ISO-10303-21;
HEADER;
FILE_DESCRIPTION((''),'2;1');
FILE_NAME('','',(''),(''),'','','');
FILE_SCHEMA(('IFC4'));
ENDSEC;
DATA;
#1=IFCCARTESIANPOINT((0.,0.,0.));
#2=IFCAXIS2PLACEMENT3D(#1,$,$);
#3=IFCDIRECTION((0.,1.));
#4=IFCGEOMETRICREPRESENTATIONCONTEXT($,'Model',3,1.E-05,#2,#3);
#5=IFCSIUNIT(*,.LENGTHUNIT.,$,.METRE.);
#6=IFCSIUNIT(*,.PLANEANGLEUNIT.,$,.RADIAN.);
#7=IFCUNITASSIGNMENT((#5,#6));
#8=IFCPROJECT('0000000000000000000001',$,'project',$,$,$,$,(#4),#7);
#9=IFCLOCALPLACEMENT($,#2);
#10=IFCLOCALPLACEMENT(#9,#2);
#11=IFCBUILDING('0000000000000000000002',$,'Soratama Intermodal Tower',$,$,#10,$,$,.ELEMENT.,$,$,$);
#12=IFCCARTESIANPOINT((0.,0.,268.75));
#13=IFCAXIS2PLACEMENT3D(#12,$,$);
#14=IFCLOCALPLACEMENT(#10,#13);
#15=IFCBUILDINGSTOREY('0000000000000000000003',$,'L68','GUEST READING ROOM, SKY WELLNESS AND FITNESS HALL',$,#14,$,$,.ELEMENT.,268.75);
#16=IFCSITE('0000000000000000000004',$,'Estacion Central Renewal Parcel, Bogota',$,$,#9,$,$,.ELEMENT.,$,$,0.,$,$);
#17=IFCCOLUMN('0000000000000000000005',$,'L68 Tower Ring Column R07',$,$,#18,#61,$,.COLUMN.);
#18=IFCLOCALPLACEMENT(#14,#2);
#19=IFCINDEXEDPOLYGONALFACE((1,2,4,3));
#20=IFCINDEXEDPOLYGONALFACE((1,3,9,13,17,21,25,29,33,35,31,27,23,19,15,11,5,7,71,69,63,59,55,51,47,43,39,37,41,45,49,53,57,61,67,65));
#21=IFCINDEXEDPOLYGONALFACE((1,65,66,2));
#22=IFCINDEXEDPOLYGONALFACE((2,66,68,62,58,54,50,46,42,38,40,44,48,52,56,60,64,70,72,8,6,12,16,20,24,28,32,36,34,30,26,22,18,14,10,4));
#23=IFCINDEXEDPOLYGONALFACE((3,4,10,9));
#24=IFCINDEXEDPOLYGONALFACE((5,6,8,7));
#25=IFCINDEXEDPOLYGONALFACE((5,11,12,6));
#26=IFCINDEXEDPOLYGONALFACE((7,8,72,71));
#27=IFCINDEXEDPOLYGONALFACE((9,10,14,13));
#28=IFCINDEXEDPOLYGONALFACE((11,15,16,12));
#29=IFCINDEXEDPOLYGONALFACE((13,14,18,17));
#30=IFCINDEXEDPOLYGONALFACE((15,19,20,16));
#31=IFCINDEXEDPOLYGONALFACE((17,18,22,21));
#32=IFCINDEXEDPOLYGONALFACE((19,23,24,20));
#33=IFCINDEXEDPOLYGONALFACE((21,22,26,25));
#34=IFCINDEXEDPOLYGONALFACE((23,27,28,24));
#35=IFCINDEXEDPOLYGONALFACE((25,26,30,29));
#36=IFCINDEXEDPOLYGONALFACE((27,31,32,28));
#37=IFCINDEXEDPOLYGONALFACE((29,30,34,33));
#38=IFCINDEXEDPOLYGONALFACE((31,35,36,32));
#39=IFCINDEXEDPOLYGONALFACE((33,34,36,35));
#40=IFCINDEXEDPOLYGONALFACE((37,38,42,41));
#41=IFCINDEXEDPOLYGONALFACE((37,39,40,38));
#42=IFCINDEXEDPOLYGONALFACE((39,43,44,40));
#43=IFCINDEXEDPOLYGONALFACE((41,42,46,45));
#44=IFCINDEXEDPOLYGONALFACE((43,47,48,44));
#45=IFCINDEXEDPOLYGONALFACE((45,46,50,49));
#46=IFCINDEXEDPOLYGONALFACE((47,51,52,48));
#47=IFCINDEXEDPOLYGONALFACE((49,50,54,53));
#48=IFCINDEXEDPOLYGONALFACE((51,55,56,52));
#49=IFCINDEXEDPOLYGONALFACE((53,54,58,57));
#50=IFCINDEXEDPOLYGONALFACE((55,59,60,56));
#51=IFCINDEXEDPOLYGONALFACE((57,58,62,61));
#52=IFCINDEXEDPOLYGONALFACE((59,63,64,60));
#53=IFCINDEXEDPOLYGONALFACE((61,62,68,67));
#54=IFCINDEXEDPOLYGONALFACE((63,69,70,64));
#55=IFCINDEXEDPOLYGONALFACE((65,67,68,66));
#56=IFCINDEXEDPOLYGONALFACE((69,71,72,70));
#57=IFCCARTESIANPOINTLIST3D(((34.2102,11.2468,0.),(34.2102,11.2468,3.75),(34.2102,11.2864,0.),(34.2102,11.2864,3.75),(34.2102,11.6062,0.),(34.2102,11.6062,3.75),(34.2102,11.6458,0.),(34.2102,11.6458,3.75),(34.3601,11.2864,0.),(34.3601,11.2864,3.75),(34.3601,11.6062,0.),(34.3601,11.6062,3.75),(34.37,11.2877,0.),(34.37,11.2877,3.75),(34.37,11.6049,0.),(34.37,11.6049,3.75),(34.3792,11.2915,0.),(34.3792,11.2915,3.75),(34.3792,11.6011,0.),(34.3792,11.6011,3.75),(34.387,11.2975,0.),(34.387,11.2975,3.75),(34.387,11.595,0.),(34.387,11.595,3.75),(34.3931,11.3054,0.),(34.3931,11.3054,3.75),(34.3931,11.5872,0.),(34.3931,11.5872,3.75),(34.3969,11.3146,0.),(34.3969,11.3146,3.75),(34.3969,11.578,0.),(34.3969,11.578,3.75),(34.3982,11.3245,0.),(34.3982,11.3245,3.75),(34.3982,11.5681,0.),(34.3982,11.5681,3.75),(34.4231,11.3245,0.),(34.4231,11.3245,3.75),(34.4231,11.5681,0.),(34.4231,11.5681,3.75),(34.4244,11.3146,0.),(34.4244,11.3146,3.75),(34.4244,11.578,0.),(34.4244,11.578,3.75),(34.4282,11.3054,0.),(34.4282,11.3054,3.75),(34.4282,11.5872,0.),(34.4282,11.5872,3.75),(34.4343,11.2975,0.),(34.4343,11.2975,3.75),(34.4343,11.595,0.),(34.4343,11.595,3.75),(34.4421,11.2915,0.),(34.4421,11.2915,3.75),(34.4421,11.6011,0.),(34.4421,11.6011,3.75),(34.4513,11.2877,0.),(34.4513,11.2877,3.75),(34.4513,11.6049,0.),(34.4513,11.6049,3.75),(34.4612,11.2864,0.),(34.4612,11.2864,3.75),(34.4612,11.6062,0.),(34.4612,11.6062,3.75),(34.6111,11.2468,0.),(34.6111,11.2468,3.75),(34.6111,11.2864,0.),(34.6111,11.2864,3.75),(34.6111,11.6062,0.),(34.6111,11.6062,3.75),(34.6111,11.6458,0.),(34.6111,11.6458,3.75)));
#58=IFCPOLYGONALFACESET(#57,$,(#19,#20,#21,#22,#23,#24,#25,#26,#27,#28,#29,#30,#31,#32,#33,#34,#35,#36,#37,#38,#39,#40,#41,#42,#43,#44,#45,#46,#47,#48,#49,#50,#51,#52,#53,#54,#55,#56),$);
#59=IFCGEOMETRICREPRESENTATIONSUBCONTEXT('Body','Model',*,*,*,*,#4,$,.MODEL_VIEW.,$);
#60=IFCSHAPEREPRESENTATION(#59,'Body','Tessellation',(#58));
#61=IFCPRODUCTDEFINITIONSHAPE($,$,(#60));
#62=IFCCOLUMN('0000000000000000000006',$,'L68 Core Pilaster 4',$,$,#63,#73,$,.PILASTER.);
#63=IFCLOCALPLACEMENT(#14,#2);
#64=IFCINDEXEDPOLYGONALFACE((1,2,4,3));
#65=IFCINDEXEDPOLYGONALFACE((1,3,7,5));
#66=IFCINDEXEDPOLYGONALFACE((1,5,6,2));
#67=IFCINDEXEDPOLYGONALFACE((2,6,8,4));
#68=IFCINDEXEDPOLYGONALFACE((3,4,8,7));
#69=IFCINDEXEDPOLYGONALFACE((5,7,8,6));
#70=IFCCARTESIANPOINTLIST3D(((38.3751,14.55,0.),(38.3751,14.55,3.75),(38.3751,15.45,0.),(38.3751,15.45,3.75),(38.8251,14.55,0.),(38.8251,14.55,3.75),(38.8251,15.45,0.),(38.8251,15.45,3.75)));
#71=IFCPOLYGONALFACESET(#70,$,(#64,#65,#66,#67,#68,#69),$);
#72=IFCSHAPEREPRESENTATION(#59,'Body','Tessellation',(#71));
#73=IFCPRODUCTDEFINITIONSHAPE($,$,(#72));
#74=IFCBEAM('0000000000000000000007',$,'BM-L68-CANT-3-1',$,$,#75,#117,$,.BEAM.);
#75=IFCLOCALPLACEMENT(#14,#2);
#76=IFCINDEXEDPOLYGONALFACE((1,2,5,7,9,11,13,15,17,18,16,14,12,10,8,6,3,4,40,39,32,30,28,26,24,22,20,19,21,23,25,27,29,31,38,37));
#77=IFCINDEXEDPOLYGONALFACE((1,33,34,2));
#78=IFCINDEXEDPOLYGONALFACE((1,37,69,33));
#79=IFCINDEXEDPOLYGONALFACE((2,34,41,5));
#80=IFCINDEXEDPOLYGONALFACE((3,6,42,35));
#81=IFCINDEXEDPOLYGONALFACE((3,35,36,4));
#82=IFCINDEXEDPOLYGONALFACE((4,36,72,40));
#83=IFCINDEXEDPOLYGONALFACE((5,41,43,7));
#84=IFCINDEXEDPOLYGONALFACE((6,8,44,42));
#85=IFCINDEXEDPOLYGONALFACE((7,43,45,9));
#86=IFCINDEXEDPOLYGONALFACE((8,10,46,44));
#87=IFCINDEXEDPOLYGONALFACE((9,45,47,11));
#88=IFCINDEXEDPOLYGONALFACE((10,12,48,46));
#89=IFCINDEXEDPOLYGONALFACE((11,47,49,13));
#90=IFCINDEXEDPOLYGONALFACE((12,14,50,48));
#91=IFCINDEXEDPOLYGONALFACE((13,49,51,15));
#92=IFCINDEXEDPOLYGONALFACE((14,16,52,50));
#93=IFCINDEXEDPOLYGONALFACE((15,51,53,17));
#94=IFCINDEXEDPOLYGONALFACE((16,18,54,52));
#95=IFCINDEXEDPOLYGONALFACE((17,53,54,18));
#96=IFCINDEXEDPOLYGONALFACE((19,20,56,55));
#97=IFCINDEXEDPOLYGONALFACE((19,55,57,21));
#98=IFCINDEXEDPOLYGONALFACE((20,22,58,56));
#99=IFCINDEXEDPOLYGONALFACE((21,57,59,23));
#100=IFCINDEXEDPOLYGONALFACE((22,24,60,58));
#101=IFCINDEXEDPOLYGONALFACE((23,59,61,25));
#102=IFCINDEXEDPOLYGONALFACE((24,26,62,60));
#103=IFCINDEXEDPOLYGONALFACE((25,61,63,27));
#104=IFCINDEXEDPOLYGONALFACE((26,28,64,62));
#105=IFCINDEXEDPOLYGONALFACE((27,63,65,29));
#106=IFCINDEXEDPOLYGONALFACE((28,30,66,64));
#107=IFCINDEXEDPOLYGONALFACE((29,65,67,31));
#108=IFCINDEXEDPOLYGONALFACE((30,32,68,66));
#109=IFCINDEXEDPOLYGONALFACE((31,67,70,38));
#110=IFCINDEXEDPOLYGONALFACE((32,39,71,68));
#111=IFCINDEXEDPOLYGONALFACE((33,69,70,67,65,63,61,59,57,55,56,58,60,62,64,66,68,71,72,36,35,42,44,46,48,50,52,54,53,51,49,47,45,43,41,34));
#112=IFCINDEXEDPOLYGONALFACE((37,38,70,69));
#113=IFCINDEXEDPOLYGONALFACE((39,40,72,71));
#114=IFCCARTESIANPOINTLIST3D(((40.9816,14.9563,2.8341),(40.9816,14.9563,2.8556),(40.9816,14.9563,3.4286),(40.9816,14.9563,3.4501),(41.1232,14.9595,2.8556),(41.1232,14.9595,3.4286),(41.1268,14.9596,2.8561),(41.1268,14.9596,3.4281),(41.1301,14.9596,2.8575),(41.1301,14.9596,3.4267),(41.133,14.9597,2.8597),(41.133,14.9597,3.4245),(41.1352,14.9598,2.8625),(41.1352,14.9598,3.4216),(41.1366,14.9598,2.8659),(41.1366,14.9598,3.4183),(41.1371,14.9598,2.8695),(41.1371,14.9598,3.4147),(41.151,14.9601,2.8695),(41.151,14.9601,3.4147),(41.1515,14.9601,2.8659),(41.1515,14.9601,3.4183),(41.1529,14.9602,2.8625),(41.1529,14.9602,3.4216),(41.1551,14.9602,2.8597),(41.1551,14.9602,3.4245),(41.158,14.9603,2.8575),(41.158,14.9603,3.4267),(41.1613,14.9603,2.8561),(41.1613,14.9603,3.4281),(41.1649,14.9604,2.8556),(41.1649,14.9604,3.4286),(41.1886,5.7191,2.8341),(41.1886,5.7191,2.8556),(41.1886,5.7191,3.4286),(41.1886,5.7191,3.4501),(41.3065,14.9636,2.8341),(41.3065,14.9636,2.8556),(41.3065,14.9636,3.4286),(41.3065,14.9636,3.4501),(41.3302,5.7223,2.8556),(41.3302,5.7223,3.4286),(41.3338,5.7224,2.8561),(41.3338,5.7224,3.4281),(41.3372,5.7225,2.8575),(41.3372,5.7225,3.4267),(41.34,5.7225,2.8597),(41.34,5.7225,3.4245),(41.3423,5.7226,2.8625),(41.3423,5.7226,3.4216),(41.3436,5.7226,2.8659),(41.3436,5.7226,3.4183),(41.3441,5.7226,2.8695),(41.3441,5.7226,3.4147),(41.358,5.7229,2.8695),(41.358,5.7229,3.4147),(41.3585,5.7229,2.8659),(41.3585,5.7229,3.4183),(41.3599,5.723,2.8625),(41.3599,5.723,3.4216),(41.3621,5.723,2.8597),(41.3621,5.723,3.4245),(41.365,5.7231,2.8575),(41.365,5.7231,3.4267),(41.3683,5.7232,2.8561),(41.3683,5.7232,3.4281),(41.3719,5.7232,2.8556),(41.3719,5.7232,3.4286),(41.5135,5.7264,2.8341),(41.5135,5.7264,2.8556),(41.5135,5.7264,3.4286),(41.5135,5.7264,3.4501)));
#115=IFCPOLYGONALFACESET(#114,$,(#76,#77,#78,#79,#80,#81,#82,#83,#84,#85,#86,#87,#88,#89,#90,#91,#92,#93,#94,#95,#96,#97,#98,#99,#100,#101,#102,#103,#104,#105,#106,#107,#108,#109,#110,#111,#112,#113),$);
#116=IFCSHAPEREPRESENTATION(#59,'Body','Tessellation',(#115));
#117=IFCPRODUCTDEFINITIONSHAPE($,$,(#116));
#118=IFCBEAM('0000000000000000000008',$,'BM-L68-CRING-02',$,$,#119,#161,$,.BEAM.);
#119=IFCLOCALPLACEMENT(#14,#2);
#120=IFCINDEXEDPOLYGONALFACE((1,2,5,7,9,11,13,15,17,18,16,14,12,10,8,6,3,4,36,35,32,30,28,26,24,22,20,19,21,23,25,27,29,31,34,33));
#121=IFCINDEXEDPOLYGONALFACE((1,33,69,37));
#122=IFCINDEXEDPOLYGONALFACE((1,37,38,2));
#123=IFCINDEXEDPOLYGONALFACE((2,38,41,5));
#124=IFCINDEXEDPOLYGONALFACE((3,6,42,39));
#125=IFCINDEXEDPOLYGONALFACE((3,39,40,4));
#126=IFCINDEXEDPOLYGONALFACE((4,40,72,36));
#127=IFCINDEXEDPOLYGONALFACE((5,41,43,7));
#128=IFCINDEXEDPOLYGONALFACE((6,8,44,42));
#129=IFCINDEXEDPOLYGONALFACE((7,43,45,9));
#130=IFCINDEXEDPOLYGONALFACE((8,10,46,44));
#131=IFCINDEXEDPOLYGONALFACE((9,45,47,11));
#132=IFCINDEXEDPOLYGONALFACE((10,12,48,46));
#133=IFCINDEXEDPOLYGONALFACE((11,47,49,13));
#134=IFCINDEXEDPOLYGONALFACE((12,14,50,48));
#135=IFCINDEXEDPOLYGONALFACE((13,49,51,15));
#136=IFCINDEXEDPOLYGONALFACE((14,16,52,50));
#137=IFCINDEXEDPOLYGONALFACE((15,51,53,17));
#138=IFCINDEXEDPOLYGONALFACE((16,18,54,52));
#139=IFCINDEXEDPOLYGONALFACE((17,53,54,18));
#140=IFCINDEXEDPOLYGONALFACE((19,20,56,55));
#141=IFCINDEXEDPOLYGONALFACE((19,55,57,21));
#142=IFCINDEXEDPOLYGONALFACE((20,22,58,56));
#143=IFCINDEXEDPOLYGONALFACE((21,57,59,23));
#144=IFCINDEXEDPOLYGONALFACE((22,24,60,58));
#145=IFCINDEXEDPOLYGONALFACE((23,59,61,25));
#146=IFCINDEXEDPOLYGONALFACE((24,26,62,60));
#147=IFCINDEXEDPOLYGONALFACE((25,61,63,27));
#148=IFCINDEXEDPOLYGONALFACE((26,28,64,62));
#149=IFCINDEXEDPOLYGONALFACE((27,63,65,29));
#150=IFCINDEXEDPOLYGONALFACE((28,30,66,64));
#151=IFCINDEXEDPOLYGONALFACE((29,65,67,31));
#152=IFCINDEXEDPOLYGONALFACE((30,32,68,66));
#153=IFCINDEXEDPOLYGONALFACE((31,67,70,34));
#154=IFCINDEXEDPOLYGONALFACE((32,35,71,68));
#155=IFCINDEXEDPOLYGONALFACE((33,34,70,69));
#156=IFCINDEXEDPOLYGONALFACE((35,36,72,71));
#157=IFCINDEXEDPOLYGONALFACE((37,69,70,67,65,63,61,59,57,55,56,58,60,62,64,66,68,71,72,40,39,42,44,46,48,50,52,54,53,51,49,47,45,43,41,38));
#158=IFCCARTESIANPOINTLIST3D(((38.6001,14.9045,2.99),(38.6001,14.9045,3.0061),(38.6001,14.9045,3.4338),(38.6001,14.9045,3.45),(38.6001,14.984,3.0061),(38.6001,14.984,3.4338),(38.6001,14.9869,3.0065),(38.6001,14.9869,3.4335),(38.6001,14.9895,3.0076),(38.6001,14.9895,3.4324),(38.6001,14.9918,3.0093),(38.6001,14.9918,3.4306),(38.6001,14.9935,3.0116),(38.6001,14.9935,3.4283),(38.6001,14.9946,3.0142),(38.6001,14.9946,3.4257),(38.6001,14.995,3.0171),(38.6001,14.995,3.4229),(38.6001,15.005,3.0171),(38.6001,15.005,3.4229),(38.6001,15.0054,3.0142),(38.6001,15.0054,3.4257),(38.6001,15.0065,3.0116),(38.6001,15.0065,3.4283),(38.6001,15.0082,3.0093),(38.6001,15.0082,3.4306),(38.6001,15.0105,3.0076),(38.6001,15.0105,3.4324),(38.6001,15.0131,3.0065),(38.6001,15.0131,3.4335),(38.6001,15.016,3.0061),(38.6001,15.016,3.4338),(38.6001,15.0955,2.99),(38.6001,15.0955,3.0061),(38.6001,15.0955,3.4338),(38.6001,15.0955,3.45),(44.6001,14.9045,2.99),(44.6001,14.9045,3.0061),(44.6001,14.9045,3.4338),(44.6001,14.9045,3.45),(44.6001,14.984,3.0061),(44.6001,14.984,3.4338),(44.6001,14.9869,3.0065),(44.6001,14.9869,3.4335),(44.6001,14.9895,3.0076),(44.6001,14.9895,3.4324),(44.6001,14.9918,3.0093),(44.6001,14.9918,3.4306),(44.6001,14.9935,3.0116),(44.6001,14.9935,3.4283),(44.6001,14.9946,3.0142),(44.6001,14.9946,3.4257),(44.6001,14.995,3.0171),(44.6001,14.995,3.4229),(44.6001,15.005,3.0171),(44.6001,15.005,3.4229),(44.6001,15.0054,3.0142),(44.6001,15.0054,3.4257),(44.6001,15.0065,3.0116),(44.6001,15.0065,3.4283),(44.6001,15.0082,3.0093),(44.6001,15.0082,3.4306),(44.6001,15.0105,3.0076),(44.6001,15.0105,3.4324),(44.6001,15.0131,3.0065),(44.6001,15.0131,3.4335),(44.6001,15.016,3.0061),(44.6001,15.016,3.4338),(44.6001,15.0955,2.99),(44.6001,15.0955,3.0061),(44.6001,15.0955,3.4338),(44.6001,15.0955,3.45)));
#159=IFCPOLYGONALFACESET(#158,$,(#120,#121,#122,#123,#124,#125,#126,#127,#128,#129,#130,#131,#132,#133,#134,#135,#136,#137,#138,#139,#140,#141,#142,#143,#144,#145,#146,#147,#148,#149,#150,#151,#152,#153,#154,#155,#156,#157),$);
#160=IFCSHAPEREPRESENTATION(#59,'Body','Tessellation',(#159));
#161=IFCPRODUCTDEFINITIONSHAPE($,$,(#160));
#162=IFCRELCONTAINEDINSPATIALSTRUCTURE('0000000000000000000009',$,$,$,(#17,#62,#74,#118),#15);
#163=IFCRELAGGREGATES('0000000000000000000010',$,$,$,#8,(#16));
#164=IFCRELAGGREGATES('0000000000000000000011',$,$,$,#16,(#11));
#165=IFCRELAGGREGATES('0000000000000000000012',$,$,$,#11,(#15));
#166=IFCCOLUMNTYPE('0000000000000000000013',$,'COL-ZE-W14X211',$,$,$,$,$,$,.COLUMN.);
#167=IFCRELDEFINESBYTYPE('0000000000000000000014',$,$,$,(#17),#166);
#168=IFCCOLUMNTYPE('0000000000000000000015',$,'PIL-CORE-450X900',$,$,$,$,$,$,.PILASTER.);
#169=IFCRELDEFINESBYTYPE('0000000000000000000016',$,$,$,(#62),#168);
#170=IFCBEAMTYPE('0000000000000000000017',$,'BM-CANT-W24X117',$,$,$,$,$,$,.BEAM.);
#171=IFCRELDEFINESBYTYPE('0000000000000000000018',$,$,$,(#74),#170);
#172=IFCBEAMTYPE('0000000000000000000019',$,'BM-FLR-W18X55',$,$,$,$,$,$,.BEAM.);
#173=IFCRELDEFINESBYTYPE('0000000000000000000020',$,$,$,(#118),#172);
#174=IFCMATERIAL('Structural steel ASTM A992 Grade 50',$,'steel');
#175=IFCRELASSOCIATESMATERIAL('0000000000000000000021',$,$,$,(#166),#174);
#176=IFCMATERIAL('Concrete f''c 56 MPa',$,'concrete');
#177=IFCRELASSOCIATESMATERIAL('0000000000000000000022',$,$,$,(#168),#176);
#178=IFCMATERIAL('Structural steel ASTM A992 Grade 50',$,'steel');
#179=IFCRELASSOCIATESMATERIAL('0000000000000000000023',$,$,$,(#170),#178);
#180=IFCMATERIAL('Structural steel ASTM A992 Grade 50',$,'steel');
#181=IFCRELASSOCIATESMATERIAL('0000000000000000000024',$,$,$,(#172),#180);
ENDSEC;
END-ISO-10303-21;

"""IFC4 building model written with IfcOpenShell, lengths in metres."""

from ifc_helpers import new_model, si_unit, direction, frame, origin, origin_2d, place, context, subcontext, project, spatial, rectangle, i_section, extrude, material, material_profile, profile_set, type_object, element, save


model = new_model("IFC4")

# Units and contexts
model_context = context("Model", 3, precision=1e-05, world=origin(), true_north=direction((0.0, 1.0)))
body_context = subcontext(model_context, "Body", "Model", "MODEL_VIEW")
ifc_project = project(units=[si_unit("LENGTHUNIT", "METRE"), si_unit("PLANEANGLEUNIT", "RADIAN")], contexts=[model_context])

# Site, building, storey
site_placement = place(None, origin())
site = spatial("IfcSite", under=ifc_project, at=site_placement, Name="Estacion Central Renewal Parcel, Bogota", CompositionType="ELEMENT", RefElevation=0.0)
building_placement = place(site_placement, origin())
building = spatial("IfcBuilding", under=site, at=building_placement, Name="Soratama Intermodal Tower", CompositionType="ELEMENT")
storey_placement = place(building_placement, frame((0.0, 0.0, 268.75)))
storey = spatial("IfcBuildingStorey", under=building, at=storey_placement, Name="L68", Description="GUEST READING ROOM, SKY WELLNESS AND FITNESS HALL", CompositionType="ELEMENT", Elevation=268.75)

# Columns
ifc_material_1 = material(Name="Structural steel ASTM A992 Grade 50", Category="steel")
ifc_material_profile_1 = material_profile(ifc_material_1, i_section(OverallWidth=0.4009, OverallDepth=0.3989, WebThickness=0.0249, FlangeThickness=0.0396, FilletRadius=0.0381, at=origin_2d()), Name="W14X211")
ifc_profile_set_1 = profile_set([ifc_material_profile_1], Name="Structural steel ASTM A992 Grade 50")
column_type_1 = type_object("IfcColumnType", Name="COL-ZE-W14X211", PredefinedType="COLUMN", material=ifc_profile_set_1)
column_1_placement = place(storey_placement, frame((34.4106, 11.4463, 0.0), z_axis=(0.0, 0.0, 1.0), x_axis=(1.0, 0.0, 0.0)))
element("IfcColumn", 1, at=column_1_placement, inside=storey, type_object=column_type_1, Name="L68 Tower Ring Column R07", PredefinedType="COLUMN", context=body_context, shape_type="SweptSolid", body=[
    extrude(i_section(OverallWidth=0.4009, OverallDepth=0.3989, WebThickness=0.0249, FlangeThickness=0.0396, FilletRadius=0.0381, at=origin_2d()), origin(), (0.0, 0.0, 1.0), 3.75),
])
ifc_material_2 = material(Name="Concrete f'c 56 MPa", Category="concrete")
ifc_material_profile_2 = material_profile(ifc_material_2, rectangle(XDim=0.45, YDim=0.8999, at=origin_2d()), Name="RC450X900")
ifc_profile_set_2 = profile_set([ifc_material_profile_2], Name="Concrete f'c 56 MPa")
column_type_2 = type_object("IfcColumnType", Name="PIL-CORE-450X900", PredefinedType="PILASTER", material=ifc_profile_set_2)
column_2_placement = place(storey_placement, frame((38.6001, 15.0, 0.0), z_axis=(0.0, 0.0, 1.0), x_axis=(1.0, 0.0, 0.0)))
element("IfcColumn", 2, at=column_2_placement, inside=storey, type_object=column_type_2, Name="L68 Core Pilaster 4", PredefinedType="PILASTER", context=body_context, shape_type="SweptSolid", body=[
    extrude(rectangle(XDim=0.45, YDim=0.8999, at=origin_2d()), origin(), (0.0, 0.0, 1.0), 3.75),
])

# Beams
ifc_material_3 = material(Name="Structural steel ASTM A992 Grade 50", Category="steel")
ifc_material_profile_3 = material_profile(ifc_material_3, i_section(OverallWidth=0.325, OverallDepth=0.616, WebThickness=0.0139, FlangeThickness=0.0215, FilletRadius=0.0139, at=origin_2d()), Name="W24X117")
ifc_profile_set_3 = profile_set([ifc_material_profile_3], Name="Structural steel ASTM A992 Grade 50")
beam_type_1 = type_object("IfcBeamType", Name="BM-CANT-W24X117", PredefinedType="BEAM", material=ifc_profile_set_3)
beam_1_placement = place(storey_placement, frame((41.144, 14.96, 3.1421), z_axis=(0.022407, -0.999749, 0.0), x_axis=(0.999749, 0.022407, 0.0)))
element("IfcBeam", 3, at=beam_1_placement, inside=storey, type_object=beam_type_1, Name="BM-L68-CANT-3-1", PredefinedType="BEAM", context=body_context, shape_type="SweptSolid", body=[
    extrude(i_section(OverallWidth=0.325, OverallDepth=0.616, WebThickness=0.0139, FlangeThickness=0.0215, FilletRadius=0.0139, at=origin_2d()), origin(), (0.0, 0.0, 1.0), 9.2395),
])
ifc_material_4 = material(Name="Structural steel ASTM A992 Grade 50", Category="steel")
ifc_material_profile_4 = material_profile(ifc_material_4, i_section(OverallWidth=0.1909, OverallDepth=0.46, WebThickness=0.01, FlangeThickness=0.0161, FilletRadius=0.011, at=origin_2d()), Name="W18X55")
ifc_profile_set_4 = profile_set([ifc_material_profile_4], Name="Structural steel ASTM A992 Grade 50")
beam_type_2 = type_object("IfcBeamType", Name="BM-FLR-W18X55", PredefinedType="BEAM", material=ifc_profile_set_4)
beam_2_placement = place(storey_placement, frame((38.6001, 15.0, 3.22), z_axis=(1.0, 0.0, 0.0), x_axis=(0.0, 1.0, 0.0)))
element("IfcBeam", 4, at=beam_2_placement, inside=storey, type_object=beam_type_2, Name="BM-L68-CRING-02", PredefinedType="BEAM", context=body_context, shape_type="SweptSolid", body=[
    extrude(i_section(OverallWidth=0.1909, OverallDepth=0.46, WebThickness=0.01, FlangeThickness=0.0161, FilletRadius=0.011, at=origin_2d()), origin(), (0.0, 0.0, 1.0), 6.0),
])

save(model, "model.ifc")
